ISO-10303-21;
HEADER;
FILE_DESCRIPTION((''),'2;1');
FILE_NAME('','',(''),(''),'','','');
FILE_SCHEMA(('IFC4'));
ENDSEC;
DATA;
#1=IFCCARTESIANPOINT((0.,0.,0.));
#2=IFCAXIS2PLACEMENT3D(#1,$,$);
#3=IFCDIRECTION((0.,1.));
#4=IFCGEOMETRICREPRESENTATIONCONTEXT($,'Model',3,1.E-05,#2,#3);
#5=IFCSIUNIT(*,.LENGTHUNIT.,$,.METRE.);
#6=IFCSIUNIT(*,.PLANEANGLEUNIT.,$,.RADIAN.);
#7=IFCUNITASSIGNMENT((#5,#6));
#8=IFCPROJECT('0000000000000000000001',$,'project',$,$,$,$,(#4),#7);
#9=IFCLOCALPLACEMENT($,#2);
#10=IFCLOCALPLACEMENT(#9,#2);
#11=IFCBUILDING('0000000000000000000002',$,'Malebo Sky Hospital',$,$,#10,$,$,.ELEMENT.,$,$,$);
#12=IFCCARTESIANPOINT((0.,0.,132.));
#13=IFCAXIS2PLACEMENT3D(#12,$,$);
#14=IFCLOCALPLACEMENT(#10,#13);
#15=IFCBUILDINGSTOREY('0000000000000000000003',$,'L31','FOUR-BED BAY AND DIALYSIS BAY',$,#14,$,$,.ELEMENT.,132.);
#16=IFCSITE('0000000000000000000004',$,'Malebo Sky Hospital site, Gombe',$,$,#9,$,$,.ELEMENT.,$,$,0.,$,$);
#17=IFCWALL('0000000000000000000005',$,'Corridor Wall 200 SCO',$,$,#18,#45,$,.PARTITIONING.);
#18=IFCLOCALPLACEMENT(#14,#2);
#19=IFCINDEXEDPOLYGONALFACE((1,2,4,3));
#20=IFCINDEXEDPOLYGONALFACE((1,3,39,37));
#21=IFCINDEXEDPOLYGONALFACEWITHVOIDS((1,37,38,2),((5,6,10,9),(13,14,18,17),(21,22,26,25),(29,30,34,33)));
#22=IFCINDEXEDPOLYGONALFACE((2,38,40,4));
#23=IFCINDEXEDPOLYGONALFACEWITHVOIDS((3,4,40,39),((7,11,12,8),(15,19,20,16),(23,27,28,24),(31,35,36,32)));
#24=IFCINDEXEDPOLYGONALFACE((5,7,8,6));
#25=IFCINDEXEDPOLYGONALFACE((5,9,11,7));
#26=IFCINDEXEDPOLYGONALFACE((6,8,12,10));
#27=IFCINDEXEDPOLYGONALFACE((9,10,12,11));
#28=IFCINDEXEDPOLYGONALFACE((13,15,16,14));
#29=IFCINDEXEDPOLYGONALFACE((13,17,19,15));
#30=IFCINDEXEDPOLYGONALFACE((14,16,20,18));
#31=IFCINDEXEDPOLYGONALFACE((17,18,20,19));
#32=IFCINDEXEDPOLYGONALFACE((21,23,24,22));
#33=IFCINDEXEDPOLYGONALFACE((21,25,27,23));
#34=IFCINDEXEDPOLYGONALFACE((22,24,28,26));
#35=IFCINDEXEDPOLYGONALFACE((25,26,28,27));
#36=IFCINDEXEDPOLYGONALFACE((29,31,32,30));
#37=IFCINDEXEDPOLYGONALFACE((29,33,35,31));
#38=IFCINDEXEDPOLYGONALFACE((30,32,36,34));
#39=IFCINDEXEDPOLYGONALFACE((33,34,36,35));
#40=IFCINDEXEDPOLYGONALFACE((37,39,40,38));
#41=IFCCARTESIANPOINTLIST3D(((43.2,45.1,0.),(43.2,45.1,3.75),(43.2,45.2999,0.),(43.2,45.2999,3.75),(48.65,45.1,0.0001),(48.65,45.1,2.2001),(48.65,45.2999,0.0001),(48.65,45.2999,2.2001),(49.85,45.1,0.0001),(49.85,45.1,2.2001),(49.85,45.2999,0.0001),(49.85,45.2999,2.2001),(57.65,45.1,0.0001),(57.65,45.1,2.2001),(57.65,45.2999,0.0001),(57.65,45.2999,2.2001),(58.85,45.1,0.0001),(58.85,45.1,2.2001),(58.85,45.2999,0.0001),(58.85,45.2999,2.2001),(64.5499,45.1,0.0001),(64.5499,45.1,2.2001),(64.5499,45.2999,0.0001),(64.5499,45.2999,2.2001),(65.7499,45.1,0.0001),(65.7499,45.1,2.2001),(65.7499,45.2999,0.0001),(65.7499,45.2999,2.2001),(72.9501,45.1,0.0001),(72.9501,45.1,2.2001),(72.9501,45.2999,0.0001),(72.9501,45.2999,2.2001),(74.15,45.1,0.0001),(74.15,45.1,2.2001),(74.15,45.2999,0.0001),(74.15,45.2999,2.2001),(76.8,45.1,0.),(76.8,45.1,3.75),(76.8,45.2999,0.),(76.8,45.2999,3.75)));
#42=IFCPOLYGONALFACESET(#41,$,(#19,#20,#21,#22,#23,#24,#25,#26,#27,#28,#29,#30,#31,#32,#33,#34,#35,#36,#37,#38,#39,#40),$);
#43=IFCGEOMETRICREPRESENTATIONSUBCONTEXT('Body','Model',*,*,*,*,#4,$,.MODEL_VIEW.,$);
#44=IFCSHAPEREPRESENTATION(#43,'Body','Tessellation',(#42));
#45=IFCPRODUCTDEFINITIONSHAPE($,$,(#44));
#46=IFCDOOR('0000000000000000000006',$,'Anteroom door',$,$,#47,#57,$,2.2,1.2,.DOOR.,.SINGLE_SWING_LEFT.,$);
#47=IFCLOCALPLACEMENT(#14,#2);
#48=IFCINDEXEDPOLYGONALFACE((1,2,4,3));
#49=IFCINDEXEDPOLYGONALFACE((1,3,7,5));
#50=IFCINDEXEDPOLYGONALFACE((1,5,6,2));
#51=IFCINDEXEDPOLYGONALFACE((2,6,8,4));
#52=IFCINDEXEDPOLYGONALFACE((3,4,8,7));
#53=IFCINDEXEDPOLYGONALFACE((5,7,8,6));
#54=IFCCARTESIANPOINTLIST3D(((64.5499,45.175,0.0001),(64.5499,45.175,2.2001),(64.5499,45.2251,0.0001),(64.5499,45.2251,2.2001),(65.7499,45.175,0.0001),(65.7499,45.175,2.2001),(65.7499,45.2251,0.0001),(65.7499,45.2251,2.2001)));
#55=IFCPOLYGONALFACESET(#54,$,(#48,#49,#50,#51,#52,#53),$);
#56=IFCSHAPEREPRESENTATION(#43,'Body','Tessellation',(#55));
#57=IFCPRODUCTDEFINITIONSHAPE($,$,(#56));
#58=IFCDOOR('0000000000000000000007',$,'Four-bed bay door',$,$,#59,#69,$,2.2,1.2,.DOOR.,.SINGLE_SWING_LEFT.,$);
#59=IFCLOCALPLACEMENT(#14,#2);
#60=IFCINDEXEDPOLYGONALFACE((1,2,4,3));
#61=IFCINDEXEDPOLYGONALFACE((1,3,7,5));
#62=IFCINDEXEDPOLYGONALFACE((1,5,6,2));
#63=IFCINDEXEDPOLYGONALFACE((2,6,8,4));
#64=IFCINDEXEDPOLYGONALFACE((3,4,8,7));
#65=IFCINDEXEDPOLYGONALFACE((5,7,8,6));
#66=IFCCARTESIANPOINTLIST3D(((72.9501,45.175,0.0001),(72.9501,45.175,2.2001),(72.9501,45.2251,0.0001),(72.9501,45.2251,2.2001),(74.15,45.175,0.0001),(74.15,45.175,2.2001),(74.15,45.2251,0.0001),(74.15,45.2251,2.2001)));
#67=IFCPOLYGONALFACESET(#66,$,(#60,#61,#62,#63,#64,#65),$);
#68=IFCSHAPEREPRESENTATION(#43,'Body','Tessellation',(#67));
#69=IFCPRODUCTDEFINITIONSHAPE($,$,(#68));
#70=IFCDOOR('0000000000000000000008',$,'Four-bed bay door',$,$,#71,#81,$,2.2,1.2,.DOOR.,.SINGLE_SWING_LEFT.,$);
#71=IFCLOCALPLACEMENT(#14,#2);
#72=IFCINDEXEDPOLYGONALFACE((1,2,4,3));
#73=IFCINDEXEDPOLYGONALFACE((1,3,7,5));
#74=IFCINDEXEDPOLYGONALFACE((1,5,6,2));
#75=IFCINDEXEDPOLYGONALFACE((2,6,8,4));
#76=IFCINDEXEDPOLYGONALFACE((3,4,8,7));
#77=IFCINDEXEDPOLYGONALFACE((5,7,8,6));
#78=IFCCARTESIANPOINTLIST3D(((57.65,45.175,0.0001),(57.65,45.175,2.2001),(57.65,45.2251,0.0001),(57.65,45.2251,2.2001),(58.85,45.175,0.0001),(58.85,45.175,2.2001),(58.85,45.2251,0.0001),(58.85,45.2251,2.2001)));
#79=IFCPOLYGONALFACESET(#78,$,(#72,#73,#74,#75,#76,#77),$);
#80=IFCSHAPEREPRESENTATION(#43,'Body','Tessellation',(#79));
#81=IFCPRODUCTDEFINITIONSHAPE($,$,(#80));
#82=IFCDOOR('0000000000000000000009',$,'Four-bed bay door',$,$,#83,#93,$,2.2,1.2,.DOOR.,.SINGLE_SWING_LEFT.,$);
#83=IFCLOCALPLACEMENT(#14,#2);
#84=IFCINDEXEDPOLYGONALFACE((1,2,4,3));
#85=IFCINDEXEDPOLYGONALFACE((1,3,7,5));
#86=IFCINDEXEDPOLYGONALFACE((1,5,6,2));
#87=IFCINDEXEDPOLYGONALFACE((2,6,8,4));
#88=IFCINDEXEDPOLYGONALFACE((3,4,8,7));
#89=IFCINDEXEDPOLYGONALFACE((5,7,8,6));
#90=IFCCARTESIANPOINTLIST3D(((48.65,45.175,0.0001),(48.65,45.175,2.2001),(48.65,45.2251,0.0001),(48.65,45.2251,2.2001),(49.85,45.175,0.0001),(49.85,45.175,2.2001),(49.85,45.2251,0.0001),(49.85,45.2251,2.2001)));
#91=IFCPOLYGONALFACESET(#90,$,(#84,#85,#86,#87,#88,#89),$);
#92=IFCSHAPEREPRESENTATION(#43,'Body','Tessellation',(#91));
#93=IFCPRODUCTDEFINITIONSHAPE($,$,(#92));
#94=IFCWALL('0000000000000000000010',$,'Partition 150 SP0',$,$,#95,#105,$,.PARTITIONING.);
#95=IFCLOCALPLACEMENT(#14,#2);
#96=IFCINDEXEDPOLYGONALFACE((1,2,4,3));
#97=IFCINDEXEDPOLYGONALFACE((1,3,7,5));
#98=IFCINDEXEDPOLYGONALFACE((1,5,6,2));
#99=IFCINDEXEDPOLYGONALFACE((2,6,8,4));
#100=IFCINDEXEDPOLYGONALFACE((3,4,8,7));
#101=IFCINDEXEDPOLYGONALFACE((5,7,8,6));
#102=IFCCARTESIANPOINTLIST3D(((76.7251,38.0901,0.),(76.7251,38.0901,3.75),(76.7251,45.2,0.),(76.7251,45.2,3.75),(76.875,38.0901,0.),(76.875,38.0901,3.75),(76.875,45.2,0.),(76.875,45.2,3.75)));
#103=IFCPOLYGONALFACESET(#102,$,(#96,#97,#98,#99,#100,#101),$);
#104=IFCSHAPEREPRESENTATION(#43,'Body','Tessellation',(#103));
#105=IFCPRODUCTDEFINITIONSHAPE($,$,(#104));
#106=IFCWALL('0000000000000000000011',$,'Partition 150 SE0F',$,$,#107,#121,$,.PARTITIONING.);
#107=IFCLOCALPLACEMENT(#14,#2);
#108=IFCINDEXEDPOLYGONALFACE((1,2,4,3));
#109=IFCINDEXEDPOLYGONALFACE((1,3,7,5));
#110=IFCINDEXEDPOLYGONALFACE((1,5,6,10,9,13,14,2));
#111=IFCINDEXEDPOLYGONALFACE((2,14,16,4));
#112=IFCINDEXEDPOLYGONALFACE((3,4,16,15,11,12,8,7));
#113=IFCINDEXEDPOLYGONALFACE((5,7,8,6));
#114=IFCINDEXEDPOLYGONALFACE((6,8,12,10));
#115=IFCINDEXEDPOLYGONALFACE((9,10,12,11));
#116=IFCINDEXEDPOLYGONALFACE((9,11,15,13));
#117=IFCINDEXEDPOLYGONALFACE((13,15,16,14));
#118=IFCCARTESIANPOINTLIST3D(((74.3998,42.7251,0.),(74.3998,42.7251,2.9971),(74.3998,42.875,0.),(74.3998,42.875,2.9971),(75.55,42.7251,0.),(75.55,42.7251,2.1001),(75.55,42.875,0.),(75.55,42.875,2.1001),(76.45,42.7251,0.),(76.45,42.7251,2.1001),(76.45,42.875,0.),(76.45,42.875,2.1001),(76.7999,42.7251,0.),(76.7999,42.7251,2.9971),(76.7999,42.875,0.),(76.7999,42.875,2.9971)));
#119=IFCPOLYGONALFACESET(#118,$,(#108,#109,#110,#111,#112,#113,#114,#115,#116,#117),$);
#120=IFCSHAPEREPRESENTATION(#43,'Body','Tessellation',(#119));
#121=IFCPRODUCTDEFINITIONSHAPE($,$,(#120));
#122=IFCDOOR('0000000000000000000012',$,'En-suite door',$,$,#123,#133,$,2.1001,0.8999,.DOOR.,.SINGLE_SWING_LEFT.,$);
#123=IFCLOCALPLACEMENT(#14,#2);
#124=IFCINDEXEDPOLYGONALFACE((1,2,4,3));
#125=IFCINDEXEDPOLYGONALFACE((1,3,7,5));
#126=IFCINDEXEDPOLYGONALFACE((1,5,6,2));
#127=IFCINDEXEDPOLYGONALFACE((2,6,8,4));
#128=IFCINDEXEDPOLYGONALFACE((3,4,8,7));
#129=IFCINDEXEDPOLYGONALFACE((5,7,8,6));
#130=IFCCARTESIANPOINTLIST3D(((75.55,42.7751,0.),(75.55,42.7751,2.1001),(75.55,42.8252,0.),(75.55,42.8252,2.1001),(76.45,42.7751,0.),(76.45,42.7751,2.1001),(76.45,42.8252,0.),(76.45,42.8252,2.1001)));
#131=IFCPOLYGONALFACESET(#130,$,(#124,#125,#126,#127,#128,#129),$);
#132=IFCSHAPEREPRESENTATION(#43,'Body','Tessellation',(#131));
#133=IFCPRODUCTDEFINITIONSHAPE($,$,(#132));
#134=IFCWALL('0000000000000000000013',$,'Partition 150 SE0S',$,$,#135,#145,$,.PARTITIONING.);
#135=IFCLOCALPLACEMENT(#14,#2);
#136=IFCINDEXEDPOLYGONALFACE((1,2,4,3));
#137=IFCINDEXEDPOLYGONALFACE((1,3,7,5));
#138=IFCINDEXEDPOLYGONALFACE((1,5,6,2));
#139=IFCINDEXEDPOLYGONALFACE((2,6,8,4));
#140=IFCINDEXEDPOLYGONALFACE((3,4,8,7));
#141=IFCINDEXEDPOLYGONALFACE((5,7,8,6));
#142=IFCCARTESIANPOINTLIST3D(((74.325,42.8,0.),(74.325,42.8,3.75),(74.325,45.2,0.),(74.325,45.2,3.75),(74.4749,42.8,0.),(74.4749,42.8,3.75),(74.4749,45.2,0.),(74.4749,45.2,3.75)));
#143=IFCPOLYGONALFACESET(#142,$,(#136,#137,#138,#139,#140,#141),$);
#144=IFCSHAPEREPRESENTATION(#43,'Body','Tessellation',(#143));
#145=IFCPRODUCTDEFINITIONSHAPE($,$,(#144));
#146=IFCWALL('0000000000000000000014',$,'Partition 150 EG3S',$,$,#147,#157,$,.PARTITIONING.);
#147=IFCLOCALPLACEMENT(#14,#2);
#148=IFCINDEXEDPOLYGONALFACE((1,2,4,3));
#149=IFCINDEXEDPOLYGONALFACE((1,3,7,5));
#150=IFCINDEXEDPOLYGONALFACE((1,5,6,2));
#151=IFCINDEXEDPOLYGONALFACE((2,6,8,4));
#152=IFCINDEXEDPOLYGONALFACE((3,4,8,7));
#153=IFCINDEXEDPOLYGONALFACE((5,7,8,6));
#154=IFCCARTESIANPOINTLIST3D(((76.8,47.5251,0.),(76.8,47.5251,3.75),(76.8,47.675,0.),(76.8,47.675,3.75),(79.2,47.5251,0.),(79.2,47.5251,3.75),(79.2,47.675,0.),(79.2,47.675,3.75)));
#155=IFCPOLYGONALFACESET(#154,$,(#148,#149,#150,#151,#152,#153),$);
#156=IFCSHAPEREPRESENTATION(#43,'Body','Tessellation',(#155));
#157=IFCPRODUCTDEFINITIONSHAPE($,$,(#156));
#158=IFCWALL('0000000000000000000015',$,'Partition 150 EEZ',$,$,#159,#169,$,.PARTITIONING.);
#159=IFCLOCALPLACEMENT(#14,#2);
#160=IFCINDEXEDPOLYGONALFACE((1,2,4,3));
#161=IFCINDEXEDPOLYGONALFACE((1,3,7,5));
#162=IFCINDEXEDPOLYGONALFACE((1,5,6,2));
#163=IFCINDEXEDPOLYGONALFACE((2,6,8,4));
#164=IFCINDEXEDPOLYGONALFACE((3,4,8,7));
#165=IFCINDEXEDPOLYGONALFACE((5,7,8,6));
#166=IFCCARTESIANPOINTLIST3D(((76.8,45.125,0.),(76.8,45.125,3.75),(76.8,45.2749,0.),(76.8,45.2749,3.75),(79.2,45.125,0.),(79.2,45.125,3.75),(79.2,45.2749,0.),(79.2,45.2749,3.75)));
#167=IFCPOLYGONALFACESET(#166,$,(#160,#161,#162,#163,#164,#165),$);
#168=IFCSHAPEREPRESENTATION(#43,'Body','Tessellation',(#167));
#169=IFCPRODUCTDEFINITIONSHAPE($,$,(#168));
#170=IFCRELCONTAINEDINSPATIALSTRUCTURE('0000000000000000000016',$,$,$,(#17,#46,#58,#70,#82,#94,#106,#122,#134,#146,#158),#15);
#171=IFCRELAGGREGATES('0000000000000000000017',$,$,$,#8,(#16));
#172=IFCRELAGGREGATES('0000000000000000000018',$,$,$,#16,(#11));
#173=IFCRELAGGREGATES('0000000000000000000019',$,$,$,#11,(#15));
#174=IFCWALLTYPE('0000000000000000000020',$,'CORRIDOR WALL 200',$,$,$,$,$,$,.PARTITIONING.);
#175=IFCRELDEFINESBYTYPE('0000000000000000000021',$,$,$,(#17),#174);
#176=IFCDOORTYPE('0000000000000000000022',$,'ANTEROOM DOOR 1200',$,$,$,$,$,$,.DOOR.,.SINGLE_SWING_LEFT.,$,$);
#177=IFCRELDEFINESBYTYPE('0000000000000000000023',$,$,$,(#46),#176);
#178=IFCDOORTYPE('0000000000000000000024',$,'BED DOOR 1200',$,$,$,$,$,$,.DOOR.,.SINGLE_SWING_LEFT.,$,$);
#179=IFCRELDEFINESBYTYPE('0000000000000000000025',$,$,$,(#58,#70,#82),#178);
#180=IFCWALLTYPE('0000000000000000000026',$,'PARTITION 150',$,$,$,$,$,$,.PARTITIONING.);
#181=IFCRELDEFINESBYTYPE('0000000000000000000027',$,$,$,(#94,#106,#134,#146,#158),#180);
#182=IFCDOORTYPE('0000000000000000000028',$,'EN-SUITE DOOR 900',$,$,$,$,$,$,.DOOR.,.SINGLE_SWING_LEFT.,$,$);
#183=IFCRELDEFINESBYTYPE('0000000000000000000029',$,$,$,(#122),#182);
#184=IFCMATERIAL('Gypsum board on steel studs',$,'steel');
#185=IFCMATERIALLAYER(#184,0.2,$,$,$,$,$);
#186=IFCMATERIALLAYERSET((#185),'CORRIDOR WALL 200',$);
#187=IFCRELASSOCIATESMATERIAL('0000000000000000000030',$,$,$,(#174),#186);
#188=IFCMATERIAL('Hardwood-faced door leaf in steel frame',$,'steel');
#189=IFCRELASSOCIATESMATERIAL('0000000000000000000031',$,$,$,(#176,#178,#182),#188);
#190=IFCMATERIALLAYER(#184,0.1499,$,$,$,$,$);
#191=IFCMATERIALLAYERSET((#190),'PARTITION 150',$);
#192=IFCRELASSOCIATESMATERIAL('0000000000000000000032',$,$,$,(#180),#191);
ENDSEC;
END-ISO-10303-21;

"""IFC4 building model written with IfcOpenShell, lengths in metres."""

from ifc_helpers import new_model, si_unit, direction, frame, frame_2d, origin, place, context, subcontext, project, spatial, rectangle, extrude, material, layer, layer_set, type_object, element, fill, save


model = new_model("IFC4")

# Units and contexts
model_context = context("Model", 3, precision=1e-05, world=origin(), true_north=direction((0.0, 1.0)))
body_context = subcontext(model_context, "Body", "Model", "MODEL_VIEW")
ifc_project = project(units=[si_unit("LENGTHUNIT", "METRE"), si_unit("PLANEANGLEUNIT", "RADIAN")], contexts=[model_context])

# Site, building, storey
site_placement = place(None, origin())
site = spatial("IfcSite", under=ifc_project, at=site_placement, Name="Malebo Sky Hospital site, Gombe", CompositionType="ELEMENT", RefElevation=0.0)
building_placement = place(site_placement, origin())
building = spatial("IfcBuilding", under=site, at=building_placement, Name="Malebo Sky Hospital", CompositionType="ELEMENT")
storey_placement = place(building_placement, frame((0.0, 0.0, 132.0)))
storey = spatial("IfcBuildingStorey", under=building, at=storey_placement, Name="L31", Description="FOUR-BED BAY AND DIALYSIS BAY", CompositionType="ELEMENT", Elevation=132.0)

# Wall, openings, doors
ifc_material_1 = material(Name="Gypsum board on steel studs", Category="steel")
ifc_layer_1 = layer(ifc_material_1, 0.2)
ifc_layer_set_1 = layer_set([ifc_layer_1], Name="CORRIDOR WALL 200")
wall_type_1 = type_object("IfcWallType", Name="CORRIDOR WALL 200", PredefinedType="PARTITIONING", material=ifc_layer_set_1)
wall_1_placement = place(storey_placement, frame((76.8, 45.2, 0.0), z_axis=(0.0, 0.0, 1.0), x_axis=(-1.0, 0.0, 0.0)))
wall_1 = element("IfcWall", 1, at=wall_1_placement, inside=storey, type_object=wall_type_1, Name="Corridor Wall 200 SCO", PredefinedType="PARTITIONING", context=body_context, shape_type="SweptSolid", body=[
    extrude(rectangle(XDim=33.6001, YDim=0.2, at=frame_2d((16.8, 0.0))), origin(), (0.0, 0.0, 1.0), 3.75),
])
opening_1_placement = place(wall_1_placement, frame((2.6499, 0.0, 0.0)))
opening_1 = element("IfcOpeningElement", 2, at=opening_1_placement, cuts=wall_1, PredefinedType="OPENING", context=body_context, shape_type="SweptSolid", body=[
    extrude(rectangle(XDim=1.2, YDim=2.2, at=frame_2d((0.6001, 1.1001))), frame((0.0, 0.1099, 0.0), z_axis=(0.0, -1.0, 0.0), x_axis=(1.0, 0.0, 0.0)), (0.0, 0.0, 1.0), 0.22),
])
opening_2_placement = place(wall_1_placement, frame((11.05, 0.0, 0.0)))
opening_2 = element("IfcOpeningElement", 3, at=opening_2_placement, cuts=wall_1, PredefinedType="OPENING", context=body_context, shape_type="SweptSolid", body=[
    extrude(rectangle(XDim=1.2, YDim=2.2, at=frame_2d((0.6001, 1.1001))), frame((0.0, 0.1099, 0.0), z_axis=(0.0, -1.0, 0.0), x_axis=(1.0, 0.0, 0.0)), (0.0, 0.0, 1.0), 0.22),
])
opening_3_placement = place(wall_1_placement, frame((17.95, 0.0, 0.0)))
opening_3 = element("IfcOpeningElement", 4, at=opening_3_placement, cuts=wall_1, PredefinedType="OPENING", context=body_context, shape_type="SweptSolid", body=[
    extrude(rectangle(XDim=1.2, YDim=2.2, at=frame_2d((0.6001, 1.1001))), frame((0.0, 0.1099, 0.0), z_axis=(0.0, -1.0, 0.0), x_axis=(1.0, 0.0, 0.0)), (0.0, 0.0, 1.0), 0.22),
])
opening_4_placement = place(wall_1_placement, frame((26.95, 0.0, 0.0)))
opening_4 = element("IfcOpeningElement", 5, at=opening_4_placement, cuts=wall_1, PredefinedType="OPENING", context=body_context, shape_type="SweptSolid", body=[
    extrude(rectangle(XDim=1.2, YDim=2.2, at=frame_2d((0.6001, 1.1001))), frame((0.0, 0.1099, 0.0), z_axis=(0.0, -1.0, 0.0), x_axis=(1.0, 0.0, 0.0)), (0.0, 0.0, 1.0), 0.22),
])
ifc_material_2 = material(Name="Hardwood-faced door leaf in steel frame", Category="steel")
door_type_1 = type_object("IfcDoorType", Name="ANTEROOM DOOR 1200", OperationType="SINGLE_SWING_LEFT", PredefinedType="DOOR", material=ifc_material_2)
door_1_placement = place(opening_2_placement, origin())
door_1 = element("IfcDoor", 6, at=door_1_placement, inside=storey, type_object=door_type_1, Name="Anteroom door", OperationType="SINGLE_SWING_LEFT", OverallHeight=2.2, OverallWidth=1.2, PredefinedType="DOOR", context=body_context, shape_type="SweptSolid", body=[
    extrude(rectangle(XDim=1.2, YDim=2.2, at=frame_2d((0.6001, 1.1001))), frame((0.0, 0.0249, 0.0), z_axis=(0.0, -1.0, 0.0), x_axis=(1.0, 0.0, 0.0)), (0.0, 0.0, 1.0), 0.05),
])
fill(opening_2, door_1)
door_type_2 = type_object("IfcDoorType", Name="BED DOOR 1200", OperationType="SINGLE_SWING_LEFT", PredefinedType="DOOR", material=ifc_material_2)
door_2_placement = place(opening_1_placement, origin())
door_2 = element("IfcDoor", 7, at=door_2_placement, inside=storey, type_object=door_type_2, Name="Four-bed bay door", OperationType="SINGLE_SWING_LEFT", OverallHeight=2.2, OverallWidth=1.2, PredefinedType="DOOR", context=body_context, shape_type="SweptSolid", body=[
    extrude(rectangle(XDim=1.2, YDim=2.2, at=frame_2d((0.6001, 1.1001))), frame((0.0, 0.0249, 0.0), z_axis=(0.0, -1.0, 0.0), x_axis=(1.0, 0.0, 0.0)), (0.0, 0.0, 1.0), 0.05),
])
fill(opening_1, door_2)
door_3_placement = place(opening_3_placement, origin())
door_3 = element("IfcDoor", 8, at=door_3_placement, inside=storey, type_object=door_type_2, Name="Four-bed bay door", OperationType="SINGLE_SWING_LEFT", OverallHeight=2.2, OverallWidth=1.2, PredefinedType="DOOR", context=body_context, shape_type="SweptSolid", body=[
    extrude(rectangle(XDim=1.2, YDim=2.2, at=frame_2d((0.6001, 1.1001))), frame((0.0, 0.0249, 0.0), z_axis=(0.0, -1.0, 0.0), x_axis=(1.0, 0.0, 0.0)), (0.0, 0.0, 1.0), 0.05),
])
fill(opening_3, door_3)
door_4_placement = place(opening_4_placement, origin())
door_4 = element("IfcDoor", 9, at=door_4_placement, inside=storey, type_object=door_type_2, Name="Four-bed bay door", OperationType="SINGLE_SWING_LEFT", OverallHeight=2.2, OverallWidth=1.2, PredefinedType="DOOR", context=body_context, shape_type="SweptSolid", body=[
    extrude(rectangle(XDim=1.2, YDim=2.2, at=frame_2d((0.6001, 1.1001))), frame((0.0, 0.0249, 0.0), z_axis=(0.0, -1.0, 0.0), x_axis=(1.0, 0.0, 0.0)), (0.0, 0.0, 1.0), 0.05),
])
fill(opening_4, door_4)

# Wall
ifc_layer_2 = layer(ifc_material_1, 0.1499)
ifc_layer_set_2 = layer_set([ifc_layer_2], Name="PARTITION 150")
wall_type_2 = type_object("IfcWallType", Name="PARTITION 150", PredefinedType="PARTITIONING", material=ifc_layer_set_2)
wall_2_placement = place(storey_placement, frame((76.8, 45.2, 0.0), z_axis=(0.0, 0.0, 1.0), x_axis=(0.0, -1.0, 0.0)))
element("IfcWall", 10, at=wall_2_placement, inside=storey, type_object=wall_type_2, Name="Partition 150 SP0", PredefinedType="PARTITIONING", context=body_context, shape_type="SweptSolid", body=[
    extrude(rectangle(XDim=7.1099, YDim=0.1499, at=frame_2d((3.5549, 0.0))), origin(), (0.0, 0.0, 1.0), 3.75),
])

# Wall, opening, door
wall_3_placement = place(storey_placement, frame((76.8, 42.8, 0.0), z_axis=(0.0, 0.0, 1.0), x_axis=(-1.0, 0.0, 0.0)))
wall_3 = element("IfcWall", 11, at=wall_3_placement, inside=storey, type_object=wall_type_2, Name="Partition 150 SE0F", PredefinedType="PARTITIONING", context=body_context, shape_type="SweptSolid", body=[
    extrude(rectangle(XDim=2.4001, YDim=0.1499, at=frame_2d((1.2002, 0.0))), origin(), (0.0, 0.0, 1.0), 2.9971),
])
opening_5_placement = place(wall_3_placement, frame((0.3501, 0.0, 0.0)))
opening_5 = element("IfcOpeningElement", 12, at=opening_5_placement, cuts=wall_3, PredefinedType="OPENING", context=body_context, shape_type="SweptSolid", body=[
    extrude(rectangle(XDim=0.8999, YDim=2.1001, at=frame_2d((0.45, 1.05))), frame((0.0, 0.085, 0.0), z_axis=(0.0, -1.0, 0.0), x_axis=(1.0, 0.0, 0.0)), (0.0, 0.0, 1.0), 0.1699),
])
door_type_3 = type_object("IfcDoorType", Name="EN-SUITE DOOR 900", OperationType="SINGLE_SWING_LEFT", PredefinedType="DOOR", material=ifc_material_2)
door_5_placement = place(opening_5_placement, origin())
door_5 = element("IfcDoor", 13, at=door_5_placement, inside=storey, type_object=door_type_3, Name="En-suite door", OperationType="SINGLE_SWING_LEFT", OverallHeight=2.1001, OverallWidth=0.8999, PredefinedType="DOOR", context=body_context, shape_type="SweptSolid", body=[
    extrude(rectangle(XDim=0.8999, YDim=2.1001, at=frame_2d((0.45, 1.05))), frame((0.0, 0.0249, 0.0), z_axis=(0.0, -1.0, 0.0), x_axis=(1.0, 0.0, 0.0)), (0.0, 0.0, 1.0), 0.05),
])
fill(opening_5, door_5)

# Walls
for number, where, z_axis, x_axis, name in (
    (14, (74.3999, 45.2, 0.0), (0.0, 0.0, 1.0), (0.0, -1.0, 0.0), "Partition 150 SE0S"),
    (15, (76.8, 47.6001, 0.0), (0.0, 0.0, 1.0), (1.0, 0.0, 0.0), "Partition 150 EG3S"),
    (16, (76.8, 45.2, 0.0), (0.0, 0.0, 1.0), (1.0, 0.0, 0.0), "Partition 150 EEZ"),
):
    element("IfcWall", number, at=place(storey_placement, frame(where, z_axis=z_axis, x_axis=x_axis)), inside=storey, type_object=wall_type_2, Name=name, PredefinedType="PARTITIONING", context=body_context, shape_type="SweptSolid", body=[
        extrude(rectangle(XDim=2.3999, YDim=0.1499, at=frame_2d((1.2, 0.0))), origin(), (0.0, 0.0, 1.0), 3.75),
    ])

save(model, "model.ifc")
